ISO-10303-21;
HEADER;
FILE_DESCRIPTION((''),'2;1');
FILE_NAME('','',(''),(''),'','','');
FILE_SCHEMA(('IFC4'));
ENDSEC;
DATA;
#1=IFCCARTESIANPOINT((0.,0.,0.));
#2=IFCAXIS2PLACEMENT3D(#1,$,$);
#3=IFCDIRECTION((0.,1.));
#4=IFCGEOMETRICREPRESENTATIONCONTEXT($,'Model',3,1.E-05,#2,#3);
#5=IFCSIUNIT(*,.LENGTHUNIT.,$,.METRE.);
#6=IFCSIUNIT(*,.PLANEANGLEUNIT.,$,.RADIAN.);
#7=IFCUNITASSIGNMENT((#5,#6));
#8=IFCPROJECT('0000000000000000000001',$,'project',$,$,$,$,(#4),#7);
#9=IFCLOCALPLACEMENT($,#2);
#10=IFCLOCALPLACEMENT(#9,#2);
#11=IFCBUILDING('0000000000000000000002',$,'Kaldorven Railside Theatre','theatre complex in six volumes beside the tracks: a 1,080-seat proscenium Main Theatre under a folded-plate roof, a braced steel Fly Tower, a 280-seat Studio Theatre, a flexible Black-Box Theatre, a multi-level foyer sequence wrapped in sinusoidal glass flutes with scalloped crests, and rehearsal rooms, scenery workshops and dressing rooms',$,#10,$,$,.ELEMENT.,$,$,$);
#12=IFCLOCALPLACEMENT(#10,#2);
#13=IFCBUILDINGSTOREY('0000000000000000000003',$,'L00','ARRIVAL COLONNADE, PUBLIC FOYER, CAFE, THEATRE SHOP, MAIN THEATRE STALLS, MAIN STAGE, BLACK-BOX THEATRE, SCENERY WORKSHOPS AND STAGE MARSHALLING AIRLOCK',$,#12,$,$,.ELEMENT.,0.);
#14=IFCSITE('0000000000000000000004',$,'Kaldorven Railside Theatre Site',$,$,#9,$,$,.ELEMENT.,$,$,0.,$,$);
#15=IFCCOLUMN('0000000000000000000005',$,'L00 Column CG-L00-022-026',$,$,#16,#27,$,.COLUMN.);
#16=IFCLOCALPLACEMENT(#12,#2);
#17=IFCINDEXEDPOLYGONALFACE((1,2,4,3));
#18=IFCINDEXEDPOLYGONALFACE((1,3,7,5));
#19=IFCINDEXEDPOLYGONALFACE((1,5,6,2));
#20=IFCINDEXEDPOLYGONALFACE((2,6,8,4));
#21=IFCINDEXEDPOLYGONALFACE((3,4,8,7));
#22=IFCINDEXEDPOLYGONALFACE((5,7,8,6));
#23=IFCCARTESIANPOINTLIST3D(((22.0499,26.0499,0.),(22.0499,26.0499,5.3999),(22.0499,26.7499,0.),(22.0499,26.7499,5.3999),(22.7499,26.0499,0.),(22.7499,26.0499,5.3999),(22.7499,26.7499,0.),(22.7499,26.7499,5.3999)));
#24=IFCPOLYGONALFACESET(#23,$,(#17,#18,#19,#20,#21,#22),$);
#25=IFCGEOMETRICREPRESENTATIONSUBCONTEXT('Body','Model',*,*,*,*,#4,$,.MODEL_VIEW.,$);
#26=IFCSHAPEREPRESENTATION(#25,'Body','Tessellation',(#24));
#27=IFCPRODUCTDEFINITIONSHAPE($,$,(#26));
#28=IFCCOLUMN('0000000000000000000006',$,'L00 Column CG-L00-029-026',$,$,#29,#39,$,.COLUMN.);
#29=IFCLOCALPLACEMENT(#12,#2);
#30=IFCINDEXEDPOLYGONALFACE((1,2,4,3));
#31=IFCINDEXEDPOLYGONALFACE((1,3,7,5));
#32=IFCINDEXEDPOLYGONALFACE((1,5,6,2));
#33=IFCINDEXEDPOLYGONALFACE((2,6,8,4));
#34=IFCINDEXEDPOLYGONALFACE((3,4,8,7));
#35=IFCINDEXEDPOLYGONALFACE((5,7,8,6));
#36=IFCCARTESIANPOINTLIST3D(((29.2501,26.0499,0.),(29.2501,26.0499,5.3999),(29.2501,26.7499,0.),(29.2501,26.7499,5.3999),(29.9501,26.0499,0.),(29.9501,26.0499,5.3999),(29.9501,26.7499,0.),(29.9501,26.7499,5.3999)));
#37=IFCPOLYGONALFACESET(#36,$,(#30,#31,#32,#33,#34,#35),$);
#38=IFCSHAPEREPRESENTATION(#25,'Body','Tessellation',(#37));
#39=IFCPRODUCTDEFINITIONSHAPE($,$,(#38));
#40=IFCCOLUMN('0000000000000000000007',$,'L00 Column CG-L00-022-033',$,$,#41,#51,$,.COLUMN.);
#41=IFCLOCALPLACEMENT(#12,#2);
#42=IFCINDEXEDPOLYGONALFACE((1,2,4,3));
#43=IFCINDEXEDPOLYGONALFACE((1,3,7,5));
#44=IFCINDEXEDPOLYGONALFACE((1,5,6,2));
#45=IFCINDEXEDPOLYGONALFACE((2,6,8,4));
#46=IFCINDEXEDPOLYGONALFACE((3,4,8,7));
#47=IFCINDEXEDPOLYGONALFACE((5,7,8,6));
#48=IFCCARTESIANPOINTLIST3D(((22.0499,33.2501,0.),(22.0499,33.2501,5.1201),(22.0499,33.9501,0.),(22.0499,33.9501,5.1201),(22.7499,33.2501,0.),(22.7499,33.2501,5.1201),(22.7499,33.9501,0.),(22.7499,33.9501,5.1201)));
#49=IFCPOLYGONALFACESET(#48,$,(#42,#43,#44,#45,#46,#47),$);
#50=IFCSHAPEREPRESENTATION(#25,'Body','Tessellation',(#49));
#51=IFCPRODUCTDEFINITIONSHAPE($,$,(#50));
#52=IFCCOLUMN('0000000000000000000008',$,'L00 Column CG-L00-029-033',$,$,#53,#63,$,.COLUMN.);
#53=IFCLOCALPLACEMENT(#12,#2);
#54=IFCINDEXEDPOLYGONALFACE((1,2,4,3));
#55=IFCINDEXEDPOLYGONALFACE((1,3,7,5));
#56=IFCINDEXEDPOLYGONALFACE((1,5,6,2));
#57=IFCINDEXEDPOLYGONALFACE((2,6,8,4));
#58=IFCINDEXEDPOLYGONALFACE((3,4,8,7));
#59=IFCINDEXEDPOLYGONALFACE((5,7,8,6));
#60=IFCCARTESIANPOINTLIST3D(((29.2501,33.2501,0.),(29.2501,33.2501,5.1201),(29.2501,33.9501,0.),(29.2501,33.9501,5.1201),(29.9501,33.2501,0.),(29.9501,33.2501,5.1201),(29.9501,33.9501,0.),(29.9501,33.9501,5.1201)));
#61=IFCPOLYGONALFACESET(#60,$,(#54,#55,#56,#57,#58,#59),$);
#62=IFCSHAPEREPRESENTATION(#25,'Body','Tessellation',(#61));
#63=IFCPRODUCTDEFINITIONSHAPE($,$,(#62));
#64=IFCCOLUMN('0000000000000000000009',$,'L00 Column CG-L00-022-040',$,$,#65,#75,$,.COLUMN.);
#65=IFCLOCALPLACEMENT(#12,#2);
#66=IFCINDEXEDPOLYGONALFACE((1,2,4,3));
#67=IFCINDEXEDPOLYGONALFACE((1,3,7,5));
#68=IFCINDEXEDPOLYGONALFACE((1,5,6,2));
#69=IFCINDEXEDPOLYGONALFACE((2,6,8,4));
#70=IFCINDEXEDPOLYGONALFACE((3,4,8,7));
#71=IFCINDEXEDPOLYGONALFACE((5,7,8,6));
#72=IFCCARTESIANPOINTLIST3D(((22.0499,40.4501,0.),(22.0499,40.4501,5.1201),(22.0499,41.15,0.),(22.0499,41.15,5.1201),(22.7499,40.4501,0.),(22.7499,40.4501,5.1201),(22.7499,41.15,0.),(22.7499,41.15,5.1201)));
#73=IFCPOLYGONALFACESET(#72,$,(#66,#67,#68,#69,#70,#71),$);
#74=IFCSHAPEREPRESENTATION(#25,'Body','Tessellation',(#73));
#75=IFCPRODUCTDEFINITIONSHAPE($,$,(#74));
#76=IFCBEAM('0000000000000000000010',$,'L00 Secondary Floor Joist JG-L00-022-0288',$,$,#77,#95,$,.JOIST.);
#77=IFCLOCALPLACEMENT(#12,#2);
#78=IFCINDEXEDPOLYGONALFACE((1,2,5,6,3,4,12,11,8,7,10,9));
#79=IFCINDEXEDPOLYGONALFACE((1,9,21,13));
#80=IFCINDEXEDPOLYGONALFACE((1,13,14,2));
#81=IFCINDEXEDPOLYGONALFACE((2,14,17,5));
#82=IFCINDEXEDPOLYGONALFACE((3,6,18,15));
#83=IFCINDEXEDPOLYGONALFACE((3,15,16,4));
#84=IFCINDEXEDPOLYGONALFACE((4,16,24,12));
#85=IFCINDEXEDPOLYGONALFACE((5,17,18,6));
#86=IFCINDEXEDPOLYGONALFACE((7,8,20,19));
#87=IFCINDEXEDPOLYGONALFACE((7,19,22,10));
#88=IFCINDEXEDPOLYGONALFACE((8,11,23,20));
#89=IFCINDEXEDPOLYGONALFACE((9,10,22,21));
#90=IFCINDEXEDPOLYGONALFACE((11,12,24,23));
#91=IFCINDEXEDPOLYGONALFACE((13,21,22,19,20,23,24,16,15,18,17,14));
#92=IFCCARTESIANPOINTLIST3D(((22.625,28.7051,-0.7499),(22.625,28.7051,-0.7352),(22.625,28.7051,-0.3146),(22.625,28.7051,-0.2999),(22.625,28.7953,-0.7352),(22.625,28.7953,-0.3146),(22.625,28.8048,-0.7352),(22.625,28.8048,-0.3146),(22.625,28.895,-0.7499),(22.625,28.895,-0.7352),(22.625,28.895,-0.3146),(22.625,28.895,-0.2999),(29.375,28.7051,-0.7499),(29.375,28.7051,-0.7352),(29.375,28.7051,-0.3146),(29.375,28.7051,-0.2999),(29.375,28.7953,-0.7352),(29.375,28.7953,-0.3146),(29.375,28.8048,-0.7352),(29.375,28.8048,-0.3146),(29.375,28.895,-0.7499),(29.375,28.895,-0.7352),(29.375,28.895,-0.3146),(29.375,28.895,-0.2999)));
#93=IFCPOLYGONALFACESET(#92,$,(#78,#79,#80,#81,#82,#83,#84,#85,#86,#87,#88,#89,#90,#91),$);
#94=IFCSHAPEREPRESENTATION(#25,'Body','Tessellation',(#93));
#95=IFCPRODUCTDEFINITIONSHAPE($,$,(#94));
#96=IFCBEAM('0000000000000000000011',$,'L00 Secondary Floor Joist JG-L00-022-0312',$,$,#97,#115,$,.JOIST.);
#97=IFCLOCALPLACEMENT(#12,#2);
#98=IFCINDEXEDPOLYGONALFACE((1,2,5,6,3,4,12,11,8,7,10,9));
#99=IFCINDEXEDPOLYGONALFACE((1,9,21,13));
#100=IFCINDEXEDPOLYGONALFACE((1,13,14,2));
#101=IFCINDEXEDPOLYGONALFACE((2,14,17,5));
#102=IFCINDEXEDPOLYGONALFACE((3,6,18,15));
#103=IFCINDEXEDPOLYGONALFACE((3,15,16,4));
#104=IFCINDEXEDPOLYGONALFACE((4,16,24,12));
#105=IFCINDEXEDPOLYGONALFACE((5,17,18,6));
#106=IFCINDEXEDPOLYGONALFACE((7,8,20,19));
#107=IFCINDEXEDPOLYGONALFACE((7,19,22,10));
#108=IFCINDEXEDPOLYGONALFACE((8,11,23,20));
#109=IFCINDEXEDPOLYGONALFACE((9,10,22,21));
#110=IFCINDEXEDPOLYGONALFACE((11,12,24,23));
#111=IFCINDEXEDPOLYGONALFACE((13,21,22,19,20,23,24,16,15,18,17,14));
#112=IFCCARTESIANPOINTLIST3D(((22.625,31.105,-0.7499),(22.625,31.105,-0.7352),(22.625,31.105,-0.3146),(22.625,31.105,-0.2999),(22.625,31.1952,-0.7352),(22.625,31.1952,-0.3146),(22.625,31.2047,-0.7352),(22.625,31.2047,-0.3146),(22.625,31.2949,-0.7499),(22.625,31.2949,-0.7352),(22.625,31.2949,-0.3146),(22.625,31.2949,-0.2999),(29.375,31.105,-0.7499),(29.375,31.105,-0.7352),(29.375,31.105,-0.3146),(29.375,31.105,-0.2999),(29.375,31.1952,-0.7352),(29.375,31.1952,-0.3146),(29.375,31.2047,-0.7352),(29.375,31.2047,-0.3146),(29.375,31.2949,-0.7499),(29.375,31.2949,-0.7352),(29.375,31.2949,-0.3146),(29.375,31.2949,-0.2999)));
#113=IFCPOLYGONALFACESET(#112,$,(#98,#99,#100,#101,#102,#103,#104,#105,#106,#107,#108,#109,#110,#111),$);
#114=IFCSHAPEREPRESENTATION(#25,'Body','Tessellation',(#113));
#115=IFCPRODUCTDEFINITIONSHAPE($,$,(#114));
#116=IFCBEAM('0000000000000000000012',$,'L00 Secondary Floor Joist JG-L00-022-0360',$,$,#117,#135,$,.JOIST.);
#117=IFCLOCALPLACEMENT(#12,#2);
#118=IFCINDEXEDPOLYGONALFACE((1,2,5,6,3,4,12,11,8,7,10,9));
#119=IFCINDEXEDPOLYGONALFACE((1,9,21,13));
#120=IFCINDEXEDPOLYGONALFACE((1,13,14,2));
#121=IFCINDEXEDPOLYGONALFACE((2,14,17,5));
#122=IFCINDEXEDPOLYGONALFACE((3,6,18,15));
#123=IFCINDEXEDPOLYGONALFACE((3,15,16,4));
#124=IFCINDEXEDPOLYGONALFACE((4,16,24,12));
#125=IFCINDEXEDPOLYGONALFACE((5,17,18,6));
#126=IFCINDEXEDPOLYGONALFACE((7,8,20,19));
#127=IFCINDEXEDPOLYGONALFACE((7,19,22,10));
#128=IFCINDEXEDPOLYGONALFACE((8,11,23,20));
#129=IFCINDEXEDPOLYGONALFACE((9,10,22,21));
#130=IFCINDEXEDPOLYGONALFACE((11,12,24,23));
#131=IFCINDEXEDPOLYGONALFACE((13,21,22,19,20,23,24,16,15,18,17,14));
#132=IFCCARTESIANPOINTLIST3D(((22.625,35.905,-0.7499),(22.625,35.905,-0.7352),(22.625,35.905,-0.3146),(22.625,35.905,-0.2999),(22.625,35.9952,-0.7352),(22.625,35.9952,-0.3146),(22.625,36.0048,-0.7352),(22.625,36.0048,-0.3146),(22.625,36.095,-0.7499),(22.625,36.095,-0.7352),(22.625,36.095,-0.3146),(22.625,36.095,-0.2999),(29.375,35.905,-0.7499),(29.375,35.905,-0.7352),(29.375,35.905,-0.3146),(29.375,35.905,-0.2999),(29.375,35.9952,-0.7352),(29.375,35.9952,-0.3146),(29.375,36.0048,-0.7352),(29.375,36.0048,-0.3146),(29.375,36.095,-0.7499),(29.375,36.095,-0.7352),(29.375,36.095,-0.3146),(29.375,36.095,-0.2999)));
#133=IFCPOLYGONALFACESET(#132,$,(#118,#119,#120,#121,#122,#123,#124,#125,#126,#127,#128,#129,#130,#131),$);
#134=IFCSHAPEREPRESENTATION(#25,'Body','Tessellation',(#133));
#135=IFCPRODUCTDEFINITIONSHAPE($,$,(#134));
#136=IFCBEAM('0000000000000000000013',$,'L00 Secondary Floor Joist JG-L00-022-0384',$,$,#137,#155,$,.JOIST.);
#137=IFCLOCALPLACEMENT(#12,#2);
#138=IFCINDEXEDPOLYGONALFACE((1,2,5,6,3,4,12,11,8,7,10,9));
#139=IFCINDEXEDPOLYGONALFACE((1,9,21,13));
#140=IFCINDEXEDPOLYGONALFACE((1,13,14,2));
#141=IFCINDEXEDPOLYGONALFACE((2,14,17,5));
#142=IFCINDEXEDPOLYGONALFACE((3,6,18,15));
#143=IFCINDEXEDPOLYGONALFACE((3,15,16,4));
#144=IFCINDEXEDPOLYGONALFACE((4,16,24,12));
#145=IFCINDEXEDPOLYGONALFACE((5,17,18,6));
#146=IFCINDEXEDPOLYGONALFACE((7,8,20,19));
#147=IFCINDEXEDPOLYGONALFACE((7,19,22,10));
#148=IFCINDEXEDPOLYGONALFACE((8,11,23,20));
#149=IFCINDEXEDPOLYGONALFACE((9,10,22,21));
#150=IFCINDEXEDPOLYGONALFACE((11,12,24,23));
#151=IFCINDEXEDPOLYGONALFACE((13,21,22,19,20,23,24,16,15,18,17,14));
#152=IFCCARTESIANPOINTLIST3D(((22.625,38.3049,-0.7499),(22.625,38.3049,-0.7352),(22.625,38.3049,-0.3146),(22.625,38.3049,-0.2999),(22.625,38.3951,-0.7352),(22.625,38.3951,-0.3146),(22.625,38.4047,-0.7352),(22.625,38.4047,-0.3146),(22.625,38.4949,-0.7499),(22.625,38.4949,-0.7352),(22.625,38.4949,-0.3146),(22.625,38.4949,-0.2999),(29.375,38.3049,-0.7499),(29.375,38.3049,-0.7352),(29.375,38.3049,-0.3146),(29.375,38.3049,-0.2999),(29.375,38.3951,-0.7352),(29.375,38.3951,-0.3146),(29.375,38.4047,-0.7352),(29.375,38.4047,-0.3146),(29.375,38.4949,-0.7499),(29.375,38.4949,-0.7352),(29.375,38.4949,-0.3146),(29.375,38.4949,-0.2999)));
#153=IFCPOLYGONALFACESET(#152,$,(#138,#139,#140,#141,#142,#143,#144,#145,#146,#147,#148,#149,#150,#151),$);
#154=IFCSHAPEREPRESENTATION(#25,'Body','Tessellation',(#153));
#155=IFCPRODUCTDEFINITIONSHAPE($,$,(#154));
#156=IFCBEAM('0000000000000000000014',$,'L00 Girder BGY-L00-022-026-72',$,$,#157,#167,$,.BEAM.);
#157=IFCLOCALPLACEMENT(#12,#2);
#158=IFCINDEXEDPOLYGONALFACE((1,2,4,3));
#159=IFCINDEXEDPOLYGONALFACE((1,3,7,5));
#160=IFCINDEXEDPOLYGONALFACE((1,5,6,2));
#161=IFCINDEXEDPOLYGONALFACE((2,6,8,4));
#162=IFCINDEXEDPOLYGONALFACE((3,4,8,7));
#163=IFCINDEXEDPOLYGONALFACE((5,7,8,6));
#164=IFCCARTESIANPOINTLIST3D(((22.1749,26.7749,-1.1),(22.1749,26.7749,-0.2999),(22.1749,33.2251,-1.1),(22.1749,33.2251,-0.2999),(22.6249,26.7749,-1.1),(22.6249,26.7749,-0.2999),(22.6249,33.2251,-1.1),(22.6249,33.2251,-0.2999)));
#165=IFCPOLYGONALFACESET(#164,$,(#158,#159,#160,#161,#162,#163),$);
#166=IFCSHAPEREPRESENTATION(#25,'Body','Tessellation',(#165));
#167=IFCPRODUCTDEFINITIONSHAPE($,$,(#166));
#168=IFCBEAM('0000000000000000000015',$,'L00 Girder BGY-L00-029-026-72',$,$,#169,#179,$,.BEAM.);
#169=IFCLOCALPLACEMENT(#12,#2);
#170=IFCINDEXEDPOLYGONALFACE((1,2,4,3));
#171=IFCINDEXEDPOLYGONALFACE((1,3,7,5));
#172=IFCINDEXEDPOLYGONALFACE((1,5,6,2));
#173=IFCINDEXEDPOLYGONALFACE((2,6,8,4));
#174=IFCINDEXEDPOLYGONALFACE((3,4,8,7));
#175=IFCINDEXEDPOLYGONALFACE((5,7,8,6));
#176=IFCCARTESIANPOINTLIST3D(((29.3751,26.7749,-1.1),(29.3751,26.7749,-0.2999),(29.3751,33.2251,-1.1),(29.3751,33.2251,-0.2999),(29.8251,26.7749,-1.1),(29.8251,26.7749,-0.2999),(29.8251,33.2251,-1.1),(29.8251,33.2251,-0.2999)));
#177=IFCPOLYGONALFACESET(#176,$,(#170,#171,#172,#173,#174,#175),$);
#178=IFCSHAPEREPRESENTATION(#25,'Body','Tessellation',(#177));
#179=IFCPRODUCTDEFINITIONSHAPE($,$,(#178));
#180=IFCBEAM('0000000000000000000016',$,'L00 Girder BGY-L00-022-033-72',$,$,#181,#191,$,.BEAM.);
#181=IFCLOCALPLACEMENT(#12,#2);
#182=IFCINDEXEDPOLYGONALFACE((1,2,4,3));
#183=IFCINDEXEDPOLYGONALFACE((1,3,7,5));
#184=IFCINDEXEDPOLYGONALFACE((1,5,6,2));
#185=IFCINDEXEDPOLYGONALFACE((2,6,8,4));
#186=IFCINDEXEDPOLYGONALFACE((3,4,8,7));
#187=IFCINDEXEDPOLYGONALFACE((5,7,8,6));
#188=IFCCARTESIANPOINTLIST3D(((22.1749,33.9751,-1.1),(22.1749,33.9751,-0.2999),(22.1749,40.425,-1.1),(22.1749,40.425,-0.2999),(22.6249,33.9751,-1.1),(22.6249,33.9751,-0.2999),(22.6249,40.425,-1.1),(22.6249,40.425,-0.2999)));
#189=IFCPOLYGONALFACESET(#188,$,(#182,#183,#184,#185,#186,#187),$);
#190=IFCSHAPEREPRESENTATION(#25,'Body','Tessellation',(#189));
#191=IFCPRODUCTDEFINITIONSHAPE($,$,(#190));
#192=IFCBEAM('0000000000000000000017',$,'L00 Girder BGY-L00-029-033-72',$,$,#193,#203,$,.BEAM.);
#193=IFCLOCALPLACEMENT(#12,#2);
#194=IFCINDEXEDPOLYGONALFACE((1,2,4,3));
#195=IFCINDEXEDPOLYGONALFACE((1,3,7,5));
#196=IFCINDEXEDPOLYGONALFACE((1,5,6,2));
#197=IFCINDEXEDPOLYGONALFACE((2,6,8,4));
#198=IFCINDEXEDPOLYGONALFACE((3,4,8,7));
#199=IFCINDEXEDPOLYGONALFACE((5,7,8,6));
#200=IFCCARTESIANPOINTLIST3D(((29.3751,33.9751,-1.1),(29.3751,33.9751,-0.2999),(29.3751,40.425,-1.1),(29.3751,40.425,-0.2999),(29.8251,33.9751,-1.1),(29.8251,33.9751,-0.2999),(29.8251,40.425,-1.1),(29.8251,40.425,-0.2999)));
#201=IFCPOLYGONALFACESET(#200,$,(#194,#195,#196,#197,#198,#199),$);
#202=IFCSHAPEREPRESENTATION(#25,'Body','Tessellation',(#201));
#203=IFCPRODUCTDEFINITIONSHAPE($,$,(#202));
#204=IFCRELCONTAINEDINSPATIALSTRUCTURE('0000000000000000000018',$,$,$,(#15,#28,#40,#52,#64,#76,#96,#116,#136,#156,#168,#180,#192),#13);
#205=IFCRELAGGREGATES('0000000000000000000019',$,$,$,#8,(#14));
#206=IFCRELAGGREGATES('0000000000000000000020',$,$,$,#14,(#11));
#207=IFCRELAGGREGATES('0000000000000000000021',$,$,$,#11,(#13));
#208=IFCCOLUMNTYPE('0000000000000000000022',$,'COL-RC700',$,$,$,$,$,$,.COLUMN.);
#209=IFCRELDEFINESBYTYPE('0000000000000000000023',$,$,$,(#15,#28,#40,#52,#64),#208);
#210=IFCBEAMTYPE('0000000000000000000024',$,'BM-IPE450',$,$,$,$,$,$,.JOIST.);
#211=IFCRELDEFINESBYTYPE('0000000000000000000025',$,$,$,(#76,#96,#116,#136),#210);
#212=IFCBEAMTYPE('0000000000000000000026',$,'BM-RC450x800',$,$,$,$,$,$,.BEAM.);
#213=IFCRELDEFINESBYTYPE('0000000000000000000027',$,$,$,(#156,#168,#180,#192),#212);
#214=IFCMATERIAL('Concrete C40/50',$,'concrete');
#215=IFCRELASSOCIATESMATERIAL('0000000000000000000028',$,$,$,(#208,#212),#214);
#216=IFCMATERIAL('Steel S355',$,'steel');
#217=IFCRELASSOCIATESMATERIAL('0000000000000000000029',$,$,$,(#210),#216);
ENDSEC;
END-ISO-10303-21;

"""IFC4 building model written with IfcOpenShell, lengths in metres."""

from ifc_helpers import new_model, si_unit, direction, frame, origin, origin_2d, place, context, subcontext, project, spatial, rectangle, i_section, extrude, material, material_profile, profile_set, type_object, element, save


model = new_model("IFC4")

# Units and contexts
model_context = context("Model", 3, precision=1e-05, world=origin(), true_north=direction((0.0, 1.0)))
body_context = subcontext(model_context, "Body", "Model", "MODEL_VIEW")
ifc_project = project(units=[si_unit("LENGTHUNIT", "METRE"), si_unit("PLANEANGLEUNIT", "RADIAN")], contexts=[model_context])

# Site, building, storey
site_placement = place(None, origin())
site = spatial("IfcSite", under=ifc_project, at=site_placement, Name="Kaldorven Railside Theatre Site", CompositionType="ELEMENT", RefElevation=0.0)
building_placement = place(site_placement, origin())
building = spatial("IfcBuilding", under=site, at=building_placement, Name="Kaldorven Railside Theatre", Description="theatre complex in six volumes beside the tracks: a 1,080-seat proscenium Main Theatre under a folded-plate roof, a braced steel Fly Tower, a 280-seat Studio Theatre, a flexible Black-Box Theatre, a multi-level foyer sequence wrapped in sinusoidal glass flutes with scalloped crests, and rehearsal rooms, scenery workshops and dressing rooms", CompositionType="ELEMENT")
storey_placement = place(building_placement, origin())
storey = spatial("IfcBuildingStorey", under=building, at=storey_placement, Name="L00", Description="ARRIVAL COLONNADE, PUBLIC FOYER, CAFE, THEATRE SHOP, MAIN THEATRE STALLS, MAIN STAGE, BLACK-BOX THEATRE, SCENERY WORKSHOPS AND STAGE MARSHALLING AIRLOCK", CompositionType="ELEMENT", Elevation=0.0)

# Columns
ifc_material_1 = material(Name="Concrete C40/50", Category="concrete")
ifc_material_profile_1 = material_profile(ifc_material_1, rectangle(XDim=0.7, YDim=0.7, at=origin_2d()), Name="RC 700x700")
ifc_profile_set_1 = profile_set([ifc_material_profile_1], Name="Concrete C40/50")
column_type = type_object("IfcColumnType", Name="COL-RC700", PredefinedType="COLUMN", material=ifc_profile_set_1)
for number, where, z_axis, x_axis, name in (
    (1, (22.3999, 26.3999, 0.0), (0.0, 0.0, 1.0), (1.0, 0.0, 0.0), "L00 Column CG-L00-022-026"),
    (2, (29.6001, 26.3999, 0.0), (0.0, 0.0, 1.0), (1.0, 0.0, 0.0), "L00 Column CG-L00-029-026"),
):
    element("IfcColumn", number, at=place(storey_placement, frame(where, z_axis=z_axis, x_axis=x_axis)), inside=storey, type_object=column_type, Name=name, PredefinedType="COLUMN", context=body_context, shape_type="SweptSolid", body=[
        extrude(rectangle(XDim=0.7, YDim=0.7, at=origin_2d()), origin(), (0.0, 0.0, 1.0), 5.3999),
    ])
for number, where, z_axis, x_axis, name in (
    (3, (22.3999, 33.6001, 0.0), (0.0, 0.0, 1.0), (1.0, 0.0, 0.0), "L00 Column CG-L00-022-033"),
    (4, (29.6001, 33.6001, 0.0), (0.0, 0.0, 1.0), (0.0, 1.0, 0.0), "L00 Column CG-L00-029-033"),
    (5, (22.3999, 40.8, 0.0), (0.0, 0.0, 1.0), (0.0, 1.0, 0.0), "L00 Column CG-L00-022-040"),
):
    element("IfcColumn", number, at=place(storey_placement, frame(where, z_axis=z_axis, x_axis=x_axis)), inside=storey, type_object=column_type, Name=name, PredefinedType="COLUMN", context=body_context, shape_type="SweptSolid", body=[
        extrude(rectangle(XDim=0.7, YDim=0.7, at=origin_2d()), origin(), (0.0, 0.0, 1.0), 5.1201),
    ])

# Beams
ifc_material_2 = material(Name="Steel S355", Category="steel")
ifc_material_profile_2 = material_profile(ifc_material_2, i_section(OverallWidth=0.1899, OverallDepth=0.45, WebThickness=0.0095, FlangeThickness=0.0146, at=origin_2d()), Name="IPE 450")
ifc_profile_set_2 = profile_set([ifc_material_profile_2], Name="Steel S355")
beam_type_1 = type_object("IfcBeamType", Name="BM-IPE450", PredefinedType="JOIST", material=ifc_profile_set_2)
for number, where, z_axis, x_axis, name in (
    (6, (22.625, 28.8, -0.5249), (1.0, 0.0, 0.0), (0.0, 1.0, 0.0), "L00 Secondary Floor Joist JG-L00-022-0288"),
    (7, (22.625, 31.2, -0.5249), (1.0, 0.0, 0.0), (0.0, 1.0, 0.0), "L00 Secondary Floor Joist JG-L00-022-0312"),
    (8, (22.625, 36.0, -0.5249), (1.0, 0.0, 0.0), (0.0, 1.0, 0.0), "L00 Secondary Floor Joist JG-L00-022-0360"),
    (9, (22.625, 38.3999, -0.5249), (1.0, 0.0, 0.0), (0.0, 1.0, 0.0), "L00 Secondary Floor Joist JG-L00-022-0384"),
):
    element("IfcBeam", number, at=place(storey_placement, frame(where, z_axis=z_axis, x_axis=x_axis)), inside=storey, type_object=beam_type_1, Name=name, PredefinedType="JOIST", context=body_context, shape_type="SweptSolid", body=[
        extrude(i_section(OverallWidth=0.1899, OverallDepth=0.45, WebThickness=0.0095, FlangeThickness=0.0146, at=origin_2d()), origin(), (0.0, 0.0, 1.0), 6.75),
    ])
ifc_material_profile_3 = material_profile(ifc_material_1, rectangle(XDim=0.45, YDim=0.8, at=origin_2d()), Name="RC 450x800")
ifc_profile_set_3 = profile_set([ifc_material_profile_3], Name="Concrete C40/50")
beam_type_2 = type_object("IfcBeamType", Name="BM-RC450x800", PredefinedType="BEAM", material=ifc_profile_set_3)
for number, where, z_axis, x_axis, name in (
    (10, (22.3999, 26.7749, -0.7), (0.0, 1.0, 0.0), (-1.0, 0.0, 0.0), "L00 Girder BGY-L00-022-026-72"),
    (11, (29.6001, 26.7749, -0.7), (0.0, 1.0, 0.0), (-1.0, 0.0, 0.0), "L00 Girder BGY-L00-029-026-72"),
):
    element("IfcBeam", number, at=place(storey_placement, frame(where, z_axis=z_axis, x_axis=x_axis)), inside=storey, type_object=beam_type_2, Name=name, PredefinedType="BEAM", context=body_context, shape_type="SweptSolid", body=[
        extrude(rectangle(XDim=0.45, YDim=0.8, at=origin_2d()), origin(), (0.0, 0.0, 1.0), 6.4502),
    ])
for number, where, z_axis, x_axis, name in (
    (12, (22.3999, 33.9751, -0.7), (0.0, 1.0, 0.0), (-1.0, 0.0, 0.0), "L00 Girder BGY-L00-022-033-72"),
    (13, (29.6001, 33.9751, -0.7), (0.0, 1.0, 0.0), (-1.0, 0.0, 0.0), "L00 Girder BGY-L00-029-033-72"),
):
    element("IfcBeam", number, at=place(storey_placement, frame(where, z_axis=z_axis, x_axis=x_axis)), inside=storey, type_object=beam_type_2, Name=name, PredefinedType="BEAM", context=body_context, shape_type="SweptSolid", body=[
        extrude(rectangle(XDim=0.45, YDim=0.8, at=origin_2d()), origin(), (0.0, 0.0, 1.0), 6.45),
    ])

save(model, "model.ifc")
